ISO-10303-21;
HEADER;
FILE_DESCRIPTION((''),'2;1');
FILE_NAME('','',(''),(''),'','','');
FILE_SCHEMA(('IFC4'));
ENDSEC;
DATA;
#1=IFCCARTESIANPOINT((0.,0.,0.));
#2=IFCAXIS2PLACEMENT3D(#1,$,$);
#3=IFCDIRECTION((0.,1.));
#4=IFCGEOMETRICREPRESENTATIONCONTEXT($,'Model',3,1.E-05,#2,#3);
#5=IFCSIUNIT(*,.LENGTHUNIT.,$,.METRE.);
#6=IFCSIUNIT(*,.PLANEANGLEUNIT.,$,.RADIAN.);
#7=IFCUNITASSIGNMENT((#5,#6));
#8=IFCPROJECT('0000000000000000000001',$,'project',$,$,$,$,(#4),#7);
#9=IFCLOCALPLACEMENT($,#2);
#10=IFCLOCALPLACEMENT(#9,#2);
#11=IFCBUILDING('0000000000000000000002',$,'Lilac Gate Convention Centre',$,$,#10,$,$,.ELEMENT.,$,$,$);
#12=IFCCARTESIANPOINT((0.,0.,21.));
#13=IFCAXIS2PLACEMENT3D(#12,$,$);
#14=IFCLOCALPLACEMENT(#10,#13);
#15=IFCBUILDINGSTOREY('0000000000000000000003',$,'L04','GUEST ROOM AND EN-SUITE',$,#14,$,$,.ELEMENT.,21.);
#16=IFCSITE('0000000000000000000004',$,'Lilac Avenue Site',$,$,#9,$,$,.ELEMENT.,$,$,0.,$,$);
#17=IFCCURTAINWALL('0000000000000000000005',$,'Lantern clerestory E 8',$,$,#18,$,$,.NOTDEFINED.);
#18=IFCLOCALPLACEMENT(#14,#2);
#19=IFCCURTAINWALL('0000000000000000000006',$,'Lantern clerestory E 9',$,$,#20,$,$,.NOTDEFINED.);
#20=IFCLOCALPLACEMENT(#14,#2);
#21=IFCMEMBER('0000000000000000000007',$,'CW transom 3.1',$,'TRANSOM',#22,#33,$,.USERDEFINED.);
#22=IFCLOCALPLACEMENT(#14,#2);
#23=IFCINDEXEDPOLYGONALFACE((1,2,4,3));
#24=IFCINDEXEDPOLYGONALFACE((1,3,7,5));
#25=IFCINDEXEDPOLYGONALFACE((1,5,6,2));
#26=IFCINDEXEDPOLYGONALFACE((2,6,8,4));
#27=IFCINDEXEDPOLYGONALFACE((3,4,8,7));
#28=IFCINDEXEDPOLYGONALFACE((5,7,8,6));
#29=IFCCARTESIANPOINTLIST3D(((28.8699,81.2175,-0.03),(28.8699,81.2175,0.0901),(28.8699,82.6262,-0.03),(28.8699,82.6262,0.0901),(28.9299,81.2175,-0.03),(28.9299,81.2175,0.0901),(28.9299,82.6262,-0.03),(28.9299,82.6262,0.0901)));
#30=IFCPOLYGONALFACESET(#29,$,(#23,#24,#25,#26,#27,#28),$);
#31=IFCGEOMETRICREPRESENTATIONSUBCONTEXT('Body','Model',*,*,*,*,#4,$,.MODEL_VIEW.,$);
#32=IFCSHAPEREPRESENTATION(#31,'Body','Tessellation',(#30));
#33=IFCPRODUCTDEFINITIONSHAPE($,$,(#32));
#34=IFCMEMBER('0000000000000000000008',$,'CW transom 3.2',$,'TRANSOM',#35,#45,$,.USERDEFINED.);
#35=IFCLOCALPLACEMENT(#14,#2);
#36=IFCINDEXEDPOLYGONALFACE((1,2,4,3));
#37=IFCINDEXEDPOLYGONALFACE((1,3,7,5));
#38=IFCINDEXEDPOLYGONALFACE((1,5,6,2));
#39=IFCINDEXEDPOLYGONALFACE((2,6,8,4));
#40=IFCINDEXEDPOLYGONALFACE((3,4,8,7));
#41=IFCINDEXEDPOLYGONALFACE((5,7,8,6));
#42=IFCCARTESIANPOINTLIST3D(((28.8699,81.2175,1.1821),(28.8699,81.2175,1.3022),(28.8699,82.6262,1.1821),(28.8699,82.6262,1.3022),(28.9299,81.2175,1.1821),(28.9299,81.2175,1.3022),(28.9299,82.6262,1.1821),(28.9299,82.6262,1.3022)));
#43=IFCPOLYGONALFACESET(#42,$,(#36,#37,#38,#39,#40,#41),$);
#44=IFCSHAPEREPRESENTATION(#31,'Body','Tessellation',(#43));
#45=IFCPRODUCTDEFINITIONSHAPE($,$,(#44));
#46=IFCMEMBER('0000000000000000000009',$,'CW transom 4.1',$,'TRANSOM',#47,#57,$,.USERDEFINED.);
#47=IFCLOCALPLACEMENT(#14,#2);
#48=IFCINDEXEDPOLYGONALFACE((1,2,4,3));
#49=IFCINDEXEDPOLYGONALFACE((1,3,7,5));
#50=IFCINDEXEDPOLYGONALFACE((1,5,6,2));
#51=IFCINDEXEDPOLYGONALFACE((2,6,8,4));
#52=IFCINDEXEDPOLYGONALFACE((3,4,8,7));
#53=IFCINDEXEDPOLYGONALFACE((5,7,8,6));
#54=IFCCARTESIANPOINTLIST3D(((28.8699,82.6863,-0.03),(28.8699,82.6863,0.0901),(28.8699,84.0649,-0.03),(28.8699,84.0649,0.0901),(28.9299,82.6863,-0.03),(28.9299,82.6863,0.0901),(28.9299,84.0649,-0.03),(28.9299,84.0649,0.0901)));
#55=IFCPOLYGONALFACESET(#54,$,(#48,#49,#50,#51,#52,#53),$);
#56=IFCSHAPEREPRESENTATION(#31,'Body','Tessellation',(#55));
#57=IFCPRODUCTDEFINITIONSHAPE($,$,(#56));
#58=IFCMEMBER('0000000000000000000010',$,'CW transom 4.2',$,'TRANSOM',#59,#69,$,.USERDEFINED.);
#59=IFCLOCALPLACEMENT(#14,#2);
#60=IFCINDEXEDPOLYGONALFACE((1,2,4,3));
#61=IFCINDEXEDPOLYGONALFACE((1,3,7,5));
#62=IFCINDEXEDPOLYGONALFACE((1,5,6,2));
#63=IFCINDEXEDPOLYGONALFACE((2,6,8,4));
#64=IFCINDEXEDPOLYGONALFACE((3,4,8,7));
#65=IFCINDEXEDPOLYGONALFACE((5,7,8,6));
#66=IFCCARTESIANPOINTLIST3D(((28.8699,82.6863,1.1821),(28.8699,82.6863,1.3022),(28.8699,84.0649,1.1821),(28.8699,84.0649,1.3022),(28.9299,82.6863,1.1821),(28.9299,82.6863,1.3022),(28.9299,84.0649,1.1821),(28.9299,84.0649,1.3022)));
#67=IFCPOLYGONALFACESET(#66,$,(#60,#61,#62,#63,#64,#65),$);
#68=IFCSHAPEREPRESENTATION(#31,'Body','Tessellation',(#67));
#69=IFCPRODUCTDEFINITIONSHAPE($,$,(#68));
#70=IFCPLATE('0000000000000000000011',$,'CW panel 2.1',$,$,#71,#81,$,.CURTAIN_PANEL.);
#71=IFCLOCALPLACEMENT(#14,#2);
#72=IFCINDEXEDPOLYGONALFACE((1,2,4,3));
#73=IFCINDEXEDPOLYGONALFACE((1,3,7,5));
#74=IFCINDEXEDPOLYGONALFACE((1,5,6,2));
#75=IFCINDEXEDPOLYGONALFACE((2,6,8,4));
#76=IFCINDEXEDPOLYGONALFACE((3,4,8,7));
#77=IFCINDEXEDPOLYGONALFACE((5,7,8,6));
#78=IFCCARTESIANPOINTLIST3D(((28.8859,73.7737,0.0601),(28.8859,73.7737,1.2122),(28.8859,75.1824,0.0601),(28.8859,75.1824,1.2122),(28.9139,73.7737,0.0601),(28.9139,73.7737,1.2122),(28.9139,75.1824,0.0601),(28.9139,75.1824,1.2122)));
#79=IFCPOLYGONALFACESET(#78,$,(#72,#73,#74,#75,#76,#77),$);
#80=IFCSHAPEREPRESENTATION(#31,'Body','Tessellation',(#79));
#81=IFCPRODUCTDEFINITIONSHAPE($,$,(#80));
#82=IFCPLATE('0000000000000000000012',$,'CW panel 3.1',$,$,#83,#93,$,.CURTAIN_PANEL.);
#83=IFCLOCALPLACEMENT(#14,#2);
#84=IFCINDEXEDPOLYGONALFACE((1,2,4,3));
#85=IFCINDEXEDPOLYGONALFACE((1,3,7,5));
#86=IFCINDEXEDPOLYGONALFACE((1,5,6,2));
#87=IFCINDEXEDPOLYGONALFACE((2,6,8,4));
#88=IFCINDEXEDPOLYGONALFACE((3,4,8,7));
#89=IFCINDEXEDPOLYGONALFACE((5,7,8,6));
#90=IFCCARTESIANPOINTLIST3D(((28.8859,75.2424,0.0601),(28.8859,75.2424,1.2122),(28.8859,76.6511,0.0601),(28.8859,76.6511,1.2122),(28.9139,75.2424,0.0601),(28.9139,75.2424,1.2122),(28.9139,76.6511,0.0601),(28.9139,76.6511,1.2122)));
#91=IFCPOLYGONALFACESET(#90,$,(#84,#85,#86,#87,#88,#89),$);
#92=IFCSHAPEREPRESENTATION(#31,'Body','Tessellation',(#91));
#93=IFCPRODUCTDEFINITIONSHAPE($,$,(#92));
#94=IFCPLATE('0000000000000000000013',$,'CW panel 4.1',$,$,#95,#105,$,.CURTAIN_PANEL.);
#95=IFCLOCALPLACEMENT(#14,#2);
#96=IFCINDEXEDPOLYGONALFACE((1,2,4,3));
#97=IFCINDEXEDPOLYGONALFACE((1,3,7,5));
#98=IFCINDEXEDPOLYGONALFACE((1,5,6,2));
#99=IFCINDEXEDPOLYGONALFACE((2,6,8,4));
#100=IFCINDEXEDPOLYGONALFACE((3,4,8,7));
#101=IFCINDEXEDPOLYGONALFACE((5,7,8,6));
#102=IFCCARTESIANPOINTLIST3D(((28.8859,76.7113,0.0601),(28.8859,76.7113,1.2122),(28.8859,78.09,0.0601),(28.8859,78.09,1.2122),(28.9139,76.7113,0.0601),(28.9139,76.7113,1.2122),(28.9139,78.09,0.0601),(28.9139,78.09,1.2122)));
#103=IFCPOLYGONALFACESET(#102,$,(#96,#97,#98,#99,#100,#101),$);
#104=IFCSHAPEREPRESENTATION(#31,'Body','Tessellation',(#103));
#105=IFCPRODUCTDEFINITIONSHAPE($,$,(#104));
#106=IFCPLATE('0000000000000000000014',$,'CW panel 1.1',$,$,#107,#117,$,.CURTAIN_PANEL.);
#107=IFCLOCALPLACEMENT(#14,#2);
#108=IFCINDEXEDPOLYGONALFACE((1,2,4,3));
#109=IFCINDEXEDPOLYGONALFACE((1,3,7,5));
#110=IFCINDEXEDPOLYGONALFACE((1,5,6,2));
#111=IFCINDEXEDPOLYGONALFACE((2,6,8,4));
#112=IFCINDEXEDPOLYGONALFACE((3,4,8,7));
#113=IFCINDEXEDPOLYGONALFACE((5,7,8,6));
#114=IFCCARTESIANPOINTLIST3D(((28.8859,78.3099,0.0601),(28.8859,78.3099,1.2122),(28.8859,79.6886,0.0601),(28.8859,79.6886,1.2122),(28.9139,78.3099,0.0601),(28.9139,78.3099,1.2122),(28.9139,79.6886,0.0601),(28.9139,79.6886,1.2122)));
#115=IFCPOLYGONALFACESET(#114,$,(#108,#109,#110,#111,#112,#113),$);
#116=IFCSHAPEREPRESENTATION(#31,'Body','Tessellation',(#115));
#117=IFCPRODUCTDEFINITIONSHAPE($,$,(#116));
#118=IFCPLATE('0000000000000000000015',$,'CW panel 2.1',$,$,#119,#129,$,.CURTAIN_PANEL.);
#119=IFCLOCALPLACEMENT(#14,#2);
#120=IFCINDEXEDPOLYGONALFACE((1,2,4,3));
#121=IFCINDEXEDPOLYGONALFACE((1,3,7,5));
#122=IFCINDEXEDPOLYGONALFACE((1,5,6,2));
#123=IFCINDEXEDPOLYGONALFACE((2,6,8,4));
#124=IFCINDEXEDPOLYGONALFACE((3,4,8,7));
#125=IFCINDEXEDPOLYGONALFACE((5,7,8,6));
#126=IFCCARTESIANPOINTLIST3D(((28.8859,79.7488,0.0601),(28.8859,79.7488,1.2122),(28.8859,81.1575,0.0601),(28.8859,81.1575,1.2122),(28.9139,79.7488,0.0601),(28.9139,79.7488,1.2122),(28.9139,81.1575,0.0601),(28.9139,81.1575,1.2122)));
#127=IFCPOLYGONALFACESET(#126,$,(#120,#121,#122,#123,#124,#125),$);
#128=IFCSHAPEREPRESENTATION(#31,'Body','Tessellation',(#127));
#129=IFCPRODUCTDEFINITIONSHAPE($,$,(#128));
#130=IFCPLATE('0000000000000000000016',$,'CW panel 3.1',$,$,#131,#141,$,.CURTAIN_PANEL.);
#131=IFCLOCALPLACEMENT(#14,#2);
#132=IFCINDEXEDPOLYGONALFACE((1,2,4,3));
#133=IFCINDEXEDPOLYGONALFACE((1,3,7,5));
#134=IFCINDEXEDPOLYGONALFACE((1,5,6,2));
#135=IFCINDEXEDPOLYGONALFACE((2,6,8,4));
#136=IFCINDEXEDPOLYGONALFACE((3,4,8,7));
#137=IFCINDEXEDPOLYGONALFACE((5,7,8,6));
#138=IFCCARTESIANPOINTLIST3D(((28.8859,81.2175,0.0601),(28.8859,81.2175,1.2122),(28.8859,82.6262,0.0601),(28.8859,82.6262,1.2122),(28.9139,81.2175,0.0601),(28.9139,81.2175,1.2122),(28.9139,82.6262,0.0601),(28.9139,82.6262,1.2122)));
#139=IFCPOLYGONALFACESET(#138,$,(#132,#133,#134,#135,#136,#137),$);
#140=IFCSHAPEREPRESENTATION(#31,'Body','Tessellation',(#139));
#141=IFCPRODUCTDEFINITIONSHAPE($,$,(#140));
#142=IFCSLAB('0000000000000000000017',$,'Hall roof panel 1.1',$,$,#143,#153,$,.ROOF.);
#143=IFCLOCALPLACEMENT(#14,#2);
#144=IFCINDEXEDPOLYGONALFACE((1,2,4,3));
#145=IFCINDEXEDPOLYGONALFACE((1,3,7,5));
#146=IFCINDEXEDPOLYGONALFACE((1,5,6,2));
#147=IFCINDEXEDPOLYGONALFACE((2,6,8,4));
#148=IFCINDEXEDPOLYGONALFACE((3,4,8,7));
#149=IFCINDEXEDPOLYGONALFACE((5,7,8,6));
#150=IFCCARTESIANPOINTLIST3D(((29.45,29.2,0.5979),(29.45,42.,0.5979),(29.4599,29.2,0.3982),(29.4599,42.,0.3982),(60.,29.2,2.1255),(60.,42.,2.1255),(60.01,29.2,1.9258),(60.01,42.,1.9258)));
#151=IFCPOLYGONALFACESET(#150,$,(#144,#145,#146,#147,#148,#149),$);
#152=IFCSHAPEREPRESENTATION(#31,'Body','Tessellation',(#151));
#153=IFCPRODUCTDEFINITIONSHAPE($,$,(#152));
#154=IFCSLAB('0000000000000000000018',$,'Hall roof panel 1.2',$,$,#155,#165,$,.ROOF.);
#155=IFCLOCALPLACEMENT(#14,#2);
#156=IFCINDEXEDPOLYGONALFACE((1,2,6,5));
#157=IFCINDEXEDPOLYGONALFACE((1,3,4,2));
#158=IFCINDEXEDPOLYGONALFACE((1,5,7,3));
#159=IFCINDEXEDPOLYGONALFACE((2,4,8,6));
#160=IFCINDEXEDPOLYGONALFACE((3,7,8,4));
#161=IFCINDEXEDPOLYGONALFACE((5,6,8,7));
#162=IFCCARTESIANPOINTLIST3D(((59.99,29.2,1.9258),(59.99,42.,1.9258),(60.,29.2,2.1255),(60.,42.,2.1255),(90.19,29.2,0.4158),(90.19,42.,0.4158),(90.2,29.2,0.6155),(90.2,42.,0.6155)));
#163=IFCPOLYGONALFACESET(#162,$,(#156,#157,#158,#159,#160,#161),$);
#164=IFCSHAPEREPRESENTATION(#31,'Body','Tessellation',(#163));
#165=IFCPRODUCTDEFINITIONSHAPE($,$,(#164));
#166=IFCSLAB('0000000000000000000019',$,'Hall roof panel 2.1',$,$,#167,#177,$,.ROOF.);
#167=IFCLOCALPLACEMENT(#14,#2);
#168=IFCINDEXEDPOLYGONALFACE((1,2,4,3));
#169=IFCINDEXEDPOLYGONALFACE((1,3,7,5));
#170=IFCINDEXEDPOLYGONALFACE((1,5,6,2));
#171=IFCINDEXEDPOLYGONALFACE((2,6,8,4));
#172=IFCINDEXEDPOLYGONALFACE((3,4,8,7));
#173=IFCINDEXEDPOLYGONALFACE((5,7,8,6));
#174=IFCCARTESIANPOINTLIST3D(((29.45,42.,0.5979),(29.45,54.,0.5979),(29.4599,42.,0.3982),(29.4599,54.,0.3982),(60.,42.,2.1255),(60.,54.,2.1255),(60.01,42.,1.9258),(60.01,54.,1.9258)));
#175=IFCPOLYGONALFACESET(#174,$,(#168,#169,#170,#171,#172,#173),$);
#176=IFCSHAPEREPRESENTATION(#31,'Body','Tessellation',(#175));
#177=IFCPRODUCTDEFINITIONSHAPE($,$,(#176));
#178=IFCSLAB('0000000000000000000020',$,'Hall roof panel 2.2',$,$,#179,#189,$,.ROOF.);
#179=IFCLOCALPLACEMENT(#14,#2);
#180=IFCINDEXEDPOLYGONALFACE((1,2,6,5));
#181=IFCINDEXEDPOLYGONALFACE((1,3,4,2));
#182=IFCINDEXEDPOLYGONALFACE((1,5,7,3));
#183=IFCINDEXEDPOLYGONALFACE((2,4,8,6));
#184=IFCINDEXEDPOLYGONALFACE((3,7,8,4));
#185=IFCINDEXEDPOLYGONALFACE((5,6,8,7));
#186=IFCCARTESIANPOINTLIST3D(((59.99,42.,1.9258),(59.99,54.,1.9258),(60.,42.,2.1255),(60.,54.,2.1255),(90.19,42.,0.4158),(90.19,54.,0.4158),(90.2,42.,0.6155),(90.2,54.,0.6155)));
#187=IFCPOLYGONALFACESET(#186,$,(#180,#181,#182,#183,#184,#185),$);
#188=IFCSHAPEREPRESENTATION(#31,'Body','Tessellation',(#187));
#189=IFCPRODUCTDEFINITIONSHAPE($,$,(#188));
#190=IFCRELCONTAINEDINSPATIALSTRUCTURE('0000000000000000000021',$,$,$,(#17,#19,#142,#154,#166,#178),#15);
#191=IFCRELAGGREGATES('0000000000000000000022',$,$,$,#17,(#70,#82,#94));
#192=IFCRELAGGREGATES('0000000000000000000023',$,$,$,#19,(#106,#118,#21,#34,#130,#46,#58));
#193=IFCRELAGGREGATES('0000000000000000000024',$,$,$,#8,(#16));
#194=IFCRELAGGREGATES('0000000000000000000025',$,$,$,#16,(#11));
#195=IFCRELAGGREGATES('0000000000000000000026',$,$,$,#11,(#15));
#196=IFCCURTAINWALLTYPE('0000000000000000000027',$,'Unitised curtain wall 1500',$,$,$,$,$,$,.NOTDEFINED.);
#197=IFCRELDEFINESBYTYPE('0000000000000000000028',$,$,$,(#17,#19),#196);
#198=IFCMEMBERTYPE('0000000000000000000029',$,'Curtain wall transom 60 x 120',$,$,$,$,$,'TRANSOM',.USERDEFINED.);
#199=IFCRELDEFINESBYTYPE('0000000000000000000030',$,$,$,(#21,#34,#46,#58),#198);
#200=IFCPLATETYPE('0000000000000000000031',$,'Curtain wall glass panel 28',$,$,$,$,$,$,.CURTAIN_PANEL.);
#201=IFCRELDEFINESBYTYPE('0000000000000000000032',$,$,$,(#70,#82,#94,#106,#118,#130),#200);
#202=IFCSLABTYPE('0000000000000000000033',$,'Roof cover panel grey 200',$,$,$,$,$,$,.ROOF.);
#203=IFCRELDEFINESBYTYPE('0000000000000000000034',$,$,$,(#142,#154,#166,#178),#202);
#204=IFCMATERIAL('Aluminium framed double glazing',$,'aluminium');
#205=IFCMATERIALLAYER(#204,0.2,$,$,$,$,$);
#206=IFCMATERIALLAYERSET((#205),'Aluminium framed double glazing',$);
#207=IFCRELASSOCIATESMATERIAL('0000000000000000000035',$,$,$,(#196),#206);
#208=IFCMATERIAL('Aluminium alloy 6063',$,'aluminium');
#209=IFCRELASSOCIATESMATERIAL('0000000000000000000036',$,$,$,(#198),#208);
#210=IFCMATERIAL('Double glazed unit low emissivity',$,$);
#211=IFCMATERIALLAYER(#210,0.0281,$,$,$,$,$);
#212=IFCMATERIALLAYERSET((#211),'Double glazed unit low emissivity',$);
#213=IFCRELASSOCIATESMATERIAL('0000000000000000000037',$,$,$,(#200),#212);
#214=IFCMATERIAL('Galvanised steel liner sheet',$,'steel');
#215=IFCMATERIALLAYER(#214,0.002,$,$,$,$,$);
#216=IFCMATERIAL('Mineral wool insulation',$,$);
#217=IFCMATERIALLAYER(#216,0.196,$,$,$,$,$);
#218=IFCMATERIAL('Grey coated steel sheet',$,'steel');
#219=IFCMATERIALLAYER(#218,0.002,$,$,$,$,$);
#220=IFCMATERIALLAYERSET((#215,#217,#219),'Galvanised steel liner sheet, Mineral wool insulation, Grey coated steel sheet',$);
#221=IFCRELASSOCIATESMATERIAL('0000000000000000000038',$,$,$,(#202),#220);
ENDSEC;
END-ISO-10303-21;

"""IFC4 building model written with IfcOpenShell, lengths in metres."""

from ifc_helpers import new_model, si_unit, direction, frame, origin, origin_2d, place, context, subcontext, project, spatial, polyline, rectangle, outline, extrude, material, layer, layer_set, material_profile, profile_set, type_object, element, aggregate, save


model = new_model("IFC4")

# Units and contexts
model_context = context("Model", 3, precision=1e-05, world=origin(), true_north=direction((0.0, 1.0)))
body_context = subcontext(model_context, "Body", "Model", "MODEL_VIEW")
ifc_project = project(units=[si_unit("LENGTHUNIT", "METRE"), si_unit("PLANEANGLEUNIT", "RADIAN")], contexts=[model_context])

# Site, building, storey
site_placement = place(None, origin())
site = spatial("IfcSite", under=ifc_project, at=site_placement, Name="Lilac Avenue Site", CompositionType="ELEMENT", RefElevation=0.0)
building_placement = place(site_placement, origin())
building = spatial("IfcBuilding", under=site, at=building_placement, Name="Lilac Gate Convention Centre", CompositionType="ELEMENT")
storey_placement = place(building_placement, frame((0.0, 0.0, 21.0)))
storey = spatial("IfcBuildingStorey", under=building, at=storey_placement, Name="L04", Description="GUEST ROOM AND EN-SUITE", CompositionType="ELEMENT", Elevation=21.0)

# Curtain walls
ifc_material_1 = material(Name="Aluminium framed double glazing", Category="aluminium")
ifc_layer_1 = layer(ifc_material_1, 0.2)
ifc_layer_set_1 = layer_set([ifc_layer_1], Name="Aluminium framed double glazing")
curtain_wall_type = type_object("IfcCurtainWallType", Name="Unitised curtain wall 1500", PredefinedType="NOTDEFINED", material=ifc_layer_set_1)
curtain_wall_1_placement = place(storey_placement, origin())
curtain_wall_1 = element("IfcCurtainWall", 1, at=curtain_wall_1_placement, inside=storey, type_object=curtain_wall_type, Name="Lantern clerestory E 8", PredefinedType="NOTDEFINED")
ifc_material_2 = material(Name="Aluminium alloy 6063", Category="aluminium")
curtain_wall_2_placement = place(storey_placement, origin())
curtain_wall_2 = element("IfcCurtainWall", 2, at=curtain_wall_2_placement, inside=storey, type_object=curtain_wall_type, Name="Lantern clerestory E 9", PredefinedType="NOTDEFINED")

# Members
ifc_material_profile_1 = material_profile(ifc_material_2, rectangle(XDim=0.0601, YDim=0.1201, at=origin_2d()), Name="Curtain wall transom 60 x 120")
ifc_profile_set_1 = profile_set([ifc_material_profile_1], Name="Aluminium alloy 6063")
member_type_1 = type_object("IfcMemberType", Name="Curtain wall transom 60 x 120", ElementType="TRANSOM", PredefinedType="USERDEFINED", material=ifc_profile_set_1)
member_1_placement = place(storey_placement, frame((28.8999, 81.2175, 0.03), z_axis=(0.0, 1.0, 0.0), x_axis=(-1.0, 0.0, 0.0)))
member_1 = element("IfcMember", 3, at=member_1_placement, type_object=member_type_1, Name="CW transom 3.1", ObjectType="TRANSOM", PredefinedType="USERDEFINED", context=body_context, shape_type="SweptSolid", body=[
    extrude(rectangle(XDim=0.0601, YDim=0.1201, at=origin_2d()), origin(), (0.0, 0.0, 1.0), 1.4087),
])
member_2_placement = place(storey_placement, frame((28.8999, 81.2175, 1.2422), z_axis=(0.0, 1.0, 0.0), x_axis=(-1.0, 0.0, 0.0)))
member_2 = element("IfcMember", 4, at=member_2_placement, type_object=member_type_1, Name="CW transom 3.2", ObjectType="TRANSOM", PredefinedType="USERDEFINED", context=body_context, shape_type="SweptSolid", body=[
    extrude(rectangle(XDim=0.0601, YDim=0.1201, at=origin_2d()), origin(), (0.0, 0.0, 1.0), 1.4087),
])
member_3_placement = place(storey_placement, frame((28.8999, 82.6863, 0.03), z_axis=(0.0, 1.0, 0.0), x_axis=(-1.0, 0.0, 0.0)))
member_3 = element("IfcMember", 5, at=member_3_placement, type_object=member_type_1, Name="CW transom 4.1", ObjectType="TRANSOM", PredefinedType="USERDEFINED", context=body_context, shape_type="SweptSolid", body=[
    extrude(rectangle(XDim=0.0601, YDim=0.1201, at=origin_2d()), origin(), (0.0, 0.0, 1.0), 1.3787),
])
member_4_placement = place(storey_placement, frame((28.8999, 82.6863, 1.2422), z_axis=(0.0, 1.0, 0.0), x_axis=(-1.0, 0.0, 0.0)))
member_4 = element("IfcMember", 6, at=member_4_placement, type_object=member_type_1, Name="CW transom 4.2", ObjectType="TRANSOM", PredefinedType="USERDEFINED", context=body_context, shape_type="SweptSolid", body=[
    extrude(rectangle(XDim=0.0601, YDim=0.1201, at=origin_2d()), origin(), (0.0, 0.0, 1.0), 1.3787),
])

# Plates
ifc_material_3 = material(Name="Double glazed unit low emissivity")
ifc_layer_2 = layer(ifc_material_3, 0.0281)
ifc_layer_set_2 = layer_set([ifc_layer_2], Name="Double glazed unit low emissivity")
plate_type = type_object("IfcPlateType", Name="Curtain wall glass panel 28", PredefinedType="CURTAIN_PANEL", material=ifc_layer_set_2)
plate_1_placement = place(storey_placement, frame((28.8999, 74.478, 0.0601), z_axis=(0.0, 0.0, 1.0), x_axis=(0.0, 1.0, 0.0)))
plate_1 = element("IfcPlate", 7, at=plate_1_placement, type_object=plate_type, Name="CW panel 2.1", PredefinedType="CURTAIN_PANEL", context=body_context, shape_type="SweptSolid", body=[
    extrude(rectangle(XDim=1.4087, YDim=0.0281, at=origin_2d()), origin(), (0.0, 0.0, 1.0), 1.1521),
])
plate_2_placement = place(storey_placement, frame((28.8999, 75.9468, 0.0601), z_axis=(0.0, 0.0, 1.0), x_axis=(0.0, 1.0, 0.0)))
plate_2 = element("IfcPlate", 8, at=plate_2_placement, type_object=plate_type, Name="CW panel 3.1", PredefinedType="CURTAIN_PANEL", context=body_context, shape_type="SweptSolid", body=[
    extrude(rectangle(XDim=1.4087, YDim=0.0281, at=origin_2d()), origin(), (0.0, 0.0, 1.0), 1.1521),
])
plate_3_placement = place(storey_placement, frame((28.8999, 77.4006, 0.0601), z_axis=(0.0, 0.0, 1.0), x_axis=(0.0, 1.0, 0.0)))
plate_3 = element("IfcPlate", 9, at=plate_3_placement, type_object=plate_type, Name="CW panel 4.1", PredefinedType="CURTAIN_PANEL", context=body_context, shape_type="SweptSolid", body=[
    extrude(rectangle(XDim=1.3787, YDim=0.0281, at=origin_2d()), origin(), (0.0, 0.0, 1.0), 1.1521),
])
aggregate(curtain_wall_1, [plate_1, plate_2, plate_3])
plate_4_placement = place(storey_placement, frame((28.8999, 78.9993, 0.0601), z_axis=(0.0, 0.0, 1.0), x_axis=(0.0, 1.0, 0.0)))
plate_4 = element("IfcPlate", 10, at=plate_4_placement, type_object=plate_type, Name="CW panel 1.1", PredefinedType="CURTAIN_PANEL", context=body_context, shape_type="SweptSolid", body=[
    extrude(rectangle(XDim=1.3787, YDim=0.0281, at=origin_2d()), origin(), (0.0, 0.0, 1.0), 1.1521),
])
plate_5_placement = place(storey_placement, frame((28.8999, 80.4531, 0.0601), z_axis=(0.0, 0.0, 1.0), x_axis=(0.0, 1.0, 0.0)))
plate_5 = element("IfcPlate", 11, at=plate_5_placement, type_object=plate_type, Name="CW panel 2.1", PredefinedType="CURTAIN_PANEL", context=body_context, shape_type="SweptSolid", body=[
    extrude(rectangle(XDim=1.4087, YDim=0.0281, at=origin_2d()), origin(), (0.0, 0.0, 1.0), 1.1521),
])
plate_6_placement = place(storey_placement, frame((28.8999, 81.9219, 0.0601), z_axis=(0.0, 0.0, 1.0), x_axis=(0.0, 1.0, 0.0)))
plate_6 = element("IfcPlate", 12, at=plate_6_placement, type_object=plate_type, Name="CW panel 3.1", PredefinedType="CURTAIN_PANEL", context=body_context, shape_type="SweptSolid", body=[
    extrude(rectangle(XDim=1.4087, YDim=0.0281, at=origin_2d()), origin(), (0.0, 0.0, 1.0), 1.1521),
])
aggregate(curtain_wall_2, [plate_4, plate_5, member_1, member_2, plate_6, member_3, member_4])

# Slabs
ifc_material_4 = material(Name="Galvanised steel liner sheet", Category="steel")
ifc_layer_3 = layer(ifc_material_4, 0.002)
ifc_material_5 = material(Name="Mineral wool insulation")
ifc_layer_4 = layer(ifc_material_5, 0.196)
ifc_material_6 = material(Name="Grey coated steel sheet", Category="steel")
ifc_layer_5 = layer(ifc_material_6, 0.002)
ifc_layer_set_3 = layer_set([ifc_layer_3, ifc_layer_4, ifc_layer_5], Name="Galvanised steel liner sheet, Mineral wool insulation, Grey coated steel sheet")
slab_type = type_object("IfcSlabType", Name="Roof cover panel grey 200", PredefinedType="ROOF", material=ifc_layer_set_3)
slab_1_placement = place(storey_placement, frame((29.45, 29.2, 0.5979), z_axis=(-0.04994, 0.0, 0.998752), x_axis=(0.998752, 0.0, 0.04994)))
element("IfcSlab", 13, at=slab_1_placement, inside=storey, type_object=slab_type, Name="Hall roof panel 1.1", PredefinedType="ROOF", context=body_context, shape_type="SweptSolid", body=[
    extrude(outline(polyline([(0.0, 0.0), (30.5882, 0.0), (30.5882, 12.8), (0.0, 12.8), (0.0, 0.0)])), origin(), (0.0, 0.0, -1.0), 0.2),
])
slab_2_placement = place(storey_placement, frame((60.0, 29.2, 2.1255), z_axis=(0.049938, 0.0, 0.998752), x_axis=(0.998752, 0.0, -0.049938)))
element("IfcSlab", 14, at=slab_2_placement, inside=storey, type_object=slab_type, Name="Hall roof panel 1.2", PredefinedType="ROOF", context=body_context, shape_type="SweptSolid", body=[
    extrude(outline(polyline([(0.0, 0.0), (30.2377, 0.0), (30.2377, 12.8), (0.0, 12.8), (0.0, 0.0)])), origin(), (0.0, 0.0, -1.0), 0.2),
])
slab_3_placement = place(storey_placement, frame((29.45, 42.0, 0.5979), z_axis=(-0.04994, 0.0, 0.998752), x_axis=(0.998752, 0.0, 0.04994)))
element("IfcSlab", 15, at=slab_3_placement, inside=storey, type_object=slab_type, Name="Hall roof panel 2.1", PredefinedType="ROOF", context=body_context, shape_type="SweptSolid", body=[
    extrude(outline(polyline([(0.0, 0.0), (30.5882, 0.0), (30.5882, 12.0), (0.0, 12.0), (0.0, 0.0)])), origin(), (0.0, 0.0, -1.0), 0.2),
])
slab_4_placement = place(storey_placement, frame((60.0, 42.0, 2.1255), z_axis=(0.049938, 0.0, 0.998752), x_axis=(0.998752, 0.0, -0.049938)))
element("IfcSlab", 16, at=slab_4_placement, inside=storey, type_object=slab_type, Name="Hall roof panel 2.2", PredefinedType="ROOF", context=body_context, shape_type="SweptSolid", body=[
    extrude(outline(polyline([(0.0, 0.0), (30.2377, 0.0), (30.2377, 12.0), (0.0, 12.0), (0.0, 0.0)])), origin(), (0.0, 0.0, -1.0), 0.2),
])

save(model, "model.ifc")
